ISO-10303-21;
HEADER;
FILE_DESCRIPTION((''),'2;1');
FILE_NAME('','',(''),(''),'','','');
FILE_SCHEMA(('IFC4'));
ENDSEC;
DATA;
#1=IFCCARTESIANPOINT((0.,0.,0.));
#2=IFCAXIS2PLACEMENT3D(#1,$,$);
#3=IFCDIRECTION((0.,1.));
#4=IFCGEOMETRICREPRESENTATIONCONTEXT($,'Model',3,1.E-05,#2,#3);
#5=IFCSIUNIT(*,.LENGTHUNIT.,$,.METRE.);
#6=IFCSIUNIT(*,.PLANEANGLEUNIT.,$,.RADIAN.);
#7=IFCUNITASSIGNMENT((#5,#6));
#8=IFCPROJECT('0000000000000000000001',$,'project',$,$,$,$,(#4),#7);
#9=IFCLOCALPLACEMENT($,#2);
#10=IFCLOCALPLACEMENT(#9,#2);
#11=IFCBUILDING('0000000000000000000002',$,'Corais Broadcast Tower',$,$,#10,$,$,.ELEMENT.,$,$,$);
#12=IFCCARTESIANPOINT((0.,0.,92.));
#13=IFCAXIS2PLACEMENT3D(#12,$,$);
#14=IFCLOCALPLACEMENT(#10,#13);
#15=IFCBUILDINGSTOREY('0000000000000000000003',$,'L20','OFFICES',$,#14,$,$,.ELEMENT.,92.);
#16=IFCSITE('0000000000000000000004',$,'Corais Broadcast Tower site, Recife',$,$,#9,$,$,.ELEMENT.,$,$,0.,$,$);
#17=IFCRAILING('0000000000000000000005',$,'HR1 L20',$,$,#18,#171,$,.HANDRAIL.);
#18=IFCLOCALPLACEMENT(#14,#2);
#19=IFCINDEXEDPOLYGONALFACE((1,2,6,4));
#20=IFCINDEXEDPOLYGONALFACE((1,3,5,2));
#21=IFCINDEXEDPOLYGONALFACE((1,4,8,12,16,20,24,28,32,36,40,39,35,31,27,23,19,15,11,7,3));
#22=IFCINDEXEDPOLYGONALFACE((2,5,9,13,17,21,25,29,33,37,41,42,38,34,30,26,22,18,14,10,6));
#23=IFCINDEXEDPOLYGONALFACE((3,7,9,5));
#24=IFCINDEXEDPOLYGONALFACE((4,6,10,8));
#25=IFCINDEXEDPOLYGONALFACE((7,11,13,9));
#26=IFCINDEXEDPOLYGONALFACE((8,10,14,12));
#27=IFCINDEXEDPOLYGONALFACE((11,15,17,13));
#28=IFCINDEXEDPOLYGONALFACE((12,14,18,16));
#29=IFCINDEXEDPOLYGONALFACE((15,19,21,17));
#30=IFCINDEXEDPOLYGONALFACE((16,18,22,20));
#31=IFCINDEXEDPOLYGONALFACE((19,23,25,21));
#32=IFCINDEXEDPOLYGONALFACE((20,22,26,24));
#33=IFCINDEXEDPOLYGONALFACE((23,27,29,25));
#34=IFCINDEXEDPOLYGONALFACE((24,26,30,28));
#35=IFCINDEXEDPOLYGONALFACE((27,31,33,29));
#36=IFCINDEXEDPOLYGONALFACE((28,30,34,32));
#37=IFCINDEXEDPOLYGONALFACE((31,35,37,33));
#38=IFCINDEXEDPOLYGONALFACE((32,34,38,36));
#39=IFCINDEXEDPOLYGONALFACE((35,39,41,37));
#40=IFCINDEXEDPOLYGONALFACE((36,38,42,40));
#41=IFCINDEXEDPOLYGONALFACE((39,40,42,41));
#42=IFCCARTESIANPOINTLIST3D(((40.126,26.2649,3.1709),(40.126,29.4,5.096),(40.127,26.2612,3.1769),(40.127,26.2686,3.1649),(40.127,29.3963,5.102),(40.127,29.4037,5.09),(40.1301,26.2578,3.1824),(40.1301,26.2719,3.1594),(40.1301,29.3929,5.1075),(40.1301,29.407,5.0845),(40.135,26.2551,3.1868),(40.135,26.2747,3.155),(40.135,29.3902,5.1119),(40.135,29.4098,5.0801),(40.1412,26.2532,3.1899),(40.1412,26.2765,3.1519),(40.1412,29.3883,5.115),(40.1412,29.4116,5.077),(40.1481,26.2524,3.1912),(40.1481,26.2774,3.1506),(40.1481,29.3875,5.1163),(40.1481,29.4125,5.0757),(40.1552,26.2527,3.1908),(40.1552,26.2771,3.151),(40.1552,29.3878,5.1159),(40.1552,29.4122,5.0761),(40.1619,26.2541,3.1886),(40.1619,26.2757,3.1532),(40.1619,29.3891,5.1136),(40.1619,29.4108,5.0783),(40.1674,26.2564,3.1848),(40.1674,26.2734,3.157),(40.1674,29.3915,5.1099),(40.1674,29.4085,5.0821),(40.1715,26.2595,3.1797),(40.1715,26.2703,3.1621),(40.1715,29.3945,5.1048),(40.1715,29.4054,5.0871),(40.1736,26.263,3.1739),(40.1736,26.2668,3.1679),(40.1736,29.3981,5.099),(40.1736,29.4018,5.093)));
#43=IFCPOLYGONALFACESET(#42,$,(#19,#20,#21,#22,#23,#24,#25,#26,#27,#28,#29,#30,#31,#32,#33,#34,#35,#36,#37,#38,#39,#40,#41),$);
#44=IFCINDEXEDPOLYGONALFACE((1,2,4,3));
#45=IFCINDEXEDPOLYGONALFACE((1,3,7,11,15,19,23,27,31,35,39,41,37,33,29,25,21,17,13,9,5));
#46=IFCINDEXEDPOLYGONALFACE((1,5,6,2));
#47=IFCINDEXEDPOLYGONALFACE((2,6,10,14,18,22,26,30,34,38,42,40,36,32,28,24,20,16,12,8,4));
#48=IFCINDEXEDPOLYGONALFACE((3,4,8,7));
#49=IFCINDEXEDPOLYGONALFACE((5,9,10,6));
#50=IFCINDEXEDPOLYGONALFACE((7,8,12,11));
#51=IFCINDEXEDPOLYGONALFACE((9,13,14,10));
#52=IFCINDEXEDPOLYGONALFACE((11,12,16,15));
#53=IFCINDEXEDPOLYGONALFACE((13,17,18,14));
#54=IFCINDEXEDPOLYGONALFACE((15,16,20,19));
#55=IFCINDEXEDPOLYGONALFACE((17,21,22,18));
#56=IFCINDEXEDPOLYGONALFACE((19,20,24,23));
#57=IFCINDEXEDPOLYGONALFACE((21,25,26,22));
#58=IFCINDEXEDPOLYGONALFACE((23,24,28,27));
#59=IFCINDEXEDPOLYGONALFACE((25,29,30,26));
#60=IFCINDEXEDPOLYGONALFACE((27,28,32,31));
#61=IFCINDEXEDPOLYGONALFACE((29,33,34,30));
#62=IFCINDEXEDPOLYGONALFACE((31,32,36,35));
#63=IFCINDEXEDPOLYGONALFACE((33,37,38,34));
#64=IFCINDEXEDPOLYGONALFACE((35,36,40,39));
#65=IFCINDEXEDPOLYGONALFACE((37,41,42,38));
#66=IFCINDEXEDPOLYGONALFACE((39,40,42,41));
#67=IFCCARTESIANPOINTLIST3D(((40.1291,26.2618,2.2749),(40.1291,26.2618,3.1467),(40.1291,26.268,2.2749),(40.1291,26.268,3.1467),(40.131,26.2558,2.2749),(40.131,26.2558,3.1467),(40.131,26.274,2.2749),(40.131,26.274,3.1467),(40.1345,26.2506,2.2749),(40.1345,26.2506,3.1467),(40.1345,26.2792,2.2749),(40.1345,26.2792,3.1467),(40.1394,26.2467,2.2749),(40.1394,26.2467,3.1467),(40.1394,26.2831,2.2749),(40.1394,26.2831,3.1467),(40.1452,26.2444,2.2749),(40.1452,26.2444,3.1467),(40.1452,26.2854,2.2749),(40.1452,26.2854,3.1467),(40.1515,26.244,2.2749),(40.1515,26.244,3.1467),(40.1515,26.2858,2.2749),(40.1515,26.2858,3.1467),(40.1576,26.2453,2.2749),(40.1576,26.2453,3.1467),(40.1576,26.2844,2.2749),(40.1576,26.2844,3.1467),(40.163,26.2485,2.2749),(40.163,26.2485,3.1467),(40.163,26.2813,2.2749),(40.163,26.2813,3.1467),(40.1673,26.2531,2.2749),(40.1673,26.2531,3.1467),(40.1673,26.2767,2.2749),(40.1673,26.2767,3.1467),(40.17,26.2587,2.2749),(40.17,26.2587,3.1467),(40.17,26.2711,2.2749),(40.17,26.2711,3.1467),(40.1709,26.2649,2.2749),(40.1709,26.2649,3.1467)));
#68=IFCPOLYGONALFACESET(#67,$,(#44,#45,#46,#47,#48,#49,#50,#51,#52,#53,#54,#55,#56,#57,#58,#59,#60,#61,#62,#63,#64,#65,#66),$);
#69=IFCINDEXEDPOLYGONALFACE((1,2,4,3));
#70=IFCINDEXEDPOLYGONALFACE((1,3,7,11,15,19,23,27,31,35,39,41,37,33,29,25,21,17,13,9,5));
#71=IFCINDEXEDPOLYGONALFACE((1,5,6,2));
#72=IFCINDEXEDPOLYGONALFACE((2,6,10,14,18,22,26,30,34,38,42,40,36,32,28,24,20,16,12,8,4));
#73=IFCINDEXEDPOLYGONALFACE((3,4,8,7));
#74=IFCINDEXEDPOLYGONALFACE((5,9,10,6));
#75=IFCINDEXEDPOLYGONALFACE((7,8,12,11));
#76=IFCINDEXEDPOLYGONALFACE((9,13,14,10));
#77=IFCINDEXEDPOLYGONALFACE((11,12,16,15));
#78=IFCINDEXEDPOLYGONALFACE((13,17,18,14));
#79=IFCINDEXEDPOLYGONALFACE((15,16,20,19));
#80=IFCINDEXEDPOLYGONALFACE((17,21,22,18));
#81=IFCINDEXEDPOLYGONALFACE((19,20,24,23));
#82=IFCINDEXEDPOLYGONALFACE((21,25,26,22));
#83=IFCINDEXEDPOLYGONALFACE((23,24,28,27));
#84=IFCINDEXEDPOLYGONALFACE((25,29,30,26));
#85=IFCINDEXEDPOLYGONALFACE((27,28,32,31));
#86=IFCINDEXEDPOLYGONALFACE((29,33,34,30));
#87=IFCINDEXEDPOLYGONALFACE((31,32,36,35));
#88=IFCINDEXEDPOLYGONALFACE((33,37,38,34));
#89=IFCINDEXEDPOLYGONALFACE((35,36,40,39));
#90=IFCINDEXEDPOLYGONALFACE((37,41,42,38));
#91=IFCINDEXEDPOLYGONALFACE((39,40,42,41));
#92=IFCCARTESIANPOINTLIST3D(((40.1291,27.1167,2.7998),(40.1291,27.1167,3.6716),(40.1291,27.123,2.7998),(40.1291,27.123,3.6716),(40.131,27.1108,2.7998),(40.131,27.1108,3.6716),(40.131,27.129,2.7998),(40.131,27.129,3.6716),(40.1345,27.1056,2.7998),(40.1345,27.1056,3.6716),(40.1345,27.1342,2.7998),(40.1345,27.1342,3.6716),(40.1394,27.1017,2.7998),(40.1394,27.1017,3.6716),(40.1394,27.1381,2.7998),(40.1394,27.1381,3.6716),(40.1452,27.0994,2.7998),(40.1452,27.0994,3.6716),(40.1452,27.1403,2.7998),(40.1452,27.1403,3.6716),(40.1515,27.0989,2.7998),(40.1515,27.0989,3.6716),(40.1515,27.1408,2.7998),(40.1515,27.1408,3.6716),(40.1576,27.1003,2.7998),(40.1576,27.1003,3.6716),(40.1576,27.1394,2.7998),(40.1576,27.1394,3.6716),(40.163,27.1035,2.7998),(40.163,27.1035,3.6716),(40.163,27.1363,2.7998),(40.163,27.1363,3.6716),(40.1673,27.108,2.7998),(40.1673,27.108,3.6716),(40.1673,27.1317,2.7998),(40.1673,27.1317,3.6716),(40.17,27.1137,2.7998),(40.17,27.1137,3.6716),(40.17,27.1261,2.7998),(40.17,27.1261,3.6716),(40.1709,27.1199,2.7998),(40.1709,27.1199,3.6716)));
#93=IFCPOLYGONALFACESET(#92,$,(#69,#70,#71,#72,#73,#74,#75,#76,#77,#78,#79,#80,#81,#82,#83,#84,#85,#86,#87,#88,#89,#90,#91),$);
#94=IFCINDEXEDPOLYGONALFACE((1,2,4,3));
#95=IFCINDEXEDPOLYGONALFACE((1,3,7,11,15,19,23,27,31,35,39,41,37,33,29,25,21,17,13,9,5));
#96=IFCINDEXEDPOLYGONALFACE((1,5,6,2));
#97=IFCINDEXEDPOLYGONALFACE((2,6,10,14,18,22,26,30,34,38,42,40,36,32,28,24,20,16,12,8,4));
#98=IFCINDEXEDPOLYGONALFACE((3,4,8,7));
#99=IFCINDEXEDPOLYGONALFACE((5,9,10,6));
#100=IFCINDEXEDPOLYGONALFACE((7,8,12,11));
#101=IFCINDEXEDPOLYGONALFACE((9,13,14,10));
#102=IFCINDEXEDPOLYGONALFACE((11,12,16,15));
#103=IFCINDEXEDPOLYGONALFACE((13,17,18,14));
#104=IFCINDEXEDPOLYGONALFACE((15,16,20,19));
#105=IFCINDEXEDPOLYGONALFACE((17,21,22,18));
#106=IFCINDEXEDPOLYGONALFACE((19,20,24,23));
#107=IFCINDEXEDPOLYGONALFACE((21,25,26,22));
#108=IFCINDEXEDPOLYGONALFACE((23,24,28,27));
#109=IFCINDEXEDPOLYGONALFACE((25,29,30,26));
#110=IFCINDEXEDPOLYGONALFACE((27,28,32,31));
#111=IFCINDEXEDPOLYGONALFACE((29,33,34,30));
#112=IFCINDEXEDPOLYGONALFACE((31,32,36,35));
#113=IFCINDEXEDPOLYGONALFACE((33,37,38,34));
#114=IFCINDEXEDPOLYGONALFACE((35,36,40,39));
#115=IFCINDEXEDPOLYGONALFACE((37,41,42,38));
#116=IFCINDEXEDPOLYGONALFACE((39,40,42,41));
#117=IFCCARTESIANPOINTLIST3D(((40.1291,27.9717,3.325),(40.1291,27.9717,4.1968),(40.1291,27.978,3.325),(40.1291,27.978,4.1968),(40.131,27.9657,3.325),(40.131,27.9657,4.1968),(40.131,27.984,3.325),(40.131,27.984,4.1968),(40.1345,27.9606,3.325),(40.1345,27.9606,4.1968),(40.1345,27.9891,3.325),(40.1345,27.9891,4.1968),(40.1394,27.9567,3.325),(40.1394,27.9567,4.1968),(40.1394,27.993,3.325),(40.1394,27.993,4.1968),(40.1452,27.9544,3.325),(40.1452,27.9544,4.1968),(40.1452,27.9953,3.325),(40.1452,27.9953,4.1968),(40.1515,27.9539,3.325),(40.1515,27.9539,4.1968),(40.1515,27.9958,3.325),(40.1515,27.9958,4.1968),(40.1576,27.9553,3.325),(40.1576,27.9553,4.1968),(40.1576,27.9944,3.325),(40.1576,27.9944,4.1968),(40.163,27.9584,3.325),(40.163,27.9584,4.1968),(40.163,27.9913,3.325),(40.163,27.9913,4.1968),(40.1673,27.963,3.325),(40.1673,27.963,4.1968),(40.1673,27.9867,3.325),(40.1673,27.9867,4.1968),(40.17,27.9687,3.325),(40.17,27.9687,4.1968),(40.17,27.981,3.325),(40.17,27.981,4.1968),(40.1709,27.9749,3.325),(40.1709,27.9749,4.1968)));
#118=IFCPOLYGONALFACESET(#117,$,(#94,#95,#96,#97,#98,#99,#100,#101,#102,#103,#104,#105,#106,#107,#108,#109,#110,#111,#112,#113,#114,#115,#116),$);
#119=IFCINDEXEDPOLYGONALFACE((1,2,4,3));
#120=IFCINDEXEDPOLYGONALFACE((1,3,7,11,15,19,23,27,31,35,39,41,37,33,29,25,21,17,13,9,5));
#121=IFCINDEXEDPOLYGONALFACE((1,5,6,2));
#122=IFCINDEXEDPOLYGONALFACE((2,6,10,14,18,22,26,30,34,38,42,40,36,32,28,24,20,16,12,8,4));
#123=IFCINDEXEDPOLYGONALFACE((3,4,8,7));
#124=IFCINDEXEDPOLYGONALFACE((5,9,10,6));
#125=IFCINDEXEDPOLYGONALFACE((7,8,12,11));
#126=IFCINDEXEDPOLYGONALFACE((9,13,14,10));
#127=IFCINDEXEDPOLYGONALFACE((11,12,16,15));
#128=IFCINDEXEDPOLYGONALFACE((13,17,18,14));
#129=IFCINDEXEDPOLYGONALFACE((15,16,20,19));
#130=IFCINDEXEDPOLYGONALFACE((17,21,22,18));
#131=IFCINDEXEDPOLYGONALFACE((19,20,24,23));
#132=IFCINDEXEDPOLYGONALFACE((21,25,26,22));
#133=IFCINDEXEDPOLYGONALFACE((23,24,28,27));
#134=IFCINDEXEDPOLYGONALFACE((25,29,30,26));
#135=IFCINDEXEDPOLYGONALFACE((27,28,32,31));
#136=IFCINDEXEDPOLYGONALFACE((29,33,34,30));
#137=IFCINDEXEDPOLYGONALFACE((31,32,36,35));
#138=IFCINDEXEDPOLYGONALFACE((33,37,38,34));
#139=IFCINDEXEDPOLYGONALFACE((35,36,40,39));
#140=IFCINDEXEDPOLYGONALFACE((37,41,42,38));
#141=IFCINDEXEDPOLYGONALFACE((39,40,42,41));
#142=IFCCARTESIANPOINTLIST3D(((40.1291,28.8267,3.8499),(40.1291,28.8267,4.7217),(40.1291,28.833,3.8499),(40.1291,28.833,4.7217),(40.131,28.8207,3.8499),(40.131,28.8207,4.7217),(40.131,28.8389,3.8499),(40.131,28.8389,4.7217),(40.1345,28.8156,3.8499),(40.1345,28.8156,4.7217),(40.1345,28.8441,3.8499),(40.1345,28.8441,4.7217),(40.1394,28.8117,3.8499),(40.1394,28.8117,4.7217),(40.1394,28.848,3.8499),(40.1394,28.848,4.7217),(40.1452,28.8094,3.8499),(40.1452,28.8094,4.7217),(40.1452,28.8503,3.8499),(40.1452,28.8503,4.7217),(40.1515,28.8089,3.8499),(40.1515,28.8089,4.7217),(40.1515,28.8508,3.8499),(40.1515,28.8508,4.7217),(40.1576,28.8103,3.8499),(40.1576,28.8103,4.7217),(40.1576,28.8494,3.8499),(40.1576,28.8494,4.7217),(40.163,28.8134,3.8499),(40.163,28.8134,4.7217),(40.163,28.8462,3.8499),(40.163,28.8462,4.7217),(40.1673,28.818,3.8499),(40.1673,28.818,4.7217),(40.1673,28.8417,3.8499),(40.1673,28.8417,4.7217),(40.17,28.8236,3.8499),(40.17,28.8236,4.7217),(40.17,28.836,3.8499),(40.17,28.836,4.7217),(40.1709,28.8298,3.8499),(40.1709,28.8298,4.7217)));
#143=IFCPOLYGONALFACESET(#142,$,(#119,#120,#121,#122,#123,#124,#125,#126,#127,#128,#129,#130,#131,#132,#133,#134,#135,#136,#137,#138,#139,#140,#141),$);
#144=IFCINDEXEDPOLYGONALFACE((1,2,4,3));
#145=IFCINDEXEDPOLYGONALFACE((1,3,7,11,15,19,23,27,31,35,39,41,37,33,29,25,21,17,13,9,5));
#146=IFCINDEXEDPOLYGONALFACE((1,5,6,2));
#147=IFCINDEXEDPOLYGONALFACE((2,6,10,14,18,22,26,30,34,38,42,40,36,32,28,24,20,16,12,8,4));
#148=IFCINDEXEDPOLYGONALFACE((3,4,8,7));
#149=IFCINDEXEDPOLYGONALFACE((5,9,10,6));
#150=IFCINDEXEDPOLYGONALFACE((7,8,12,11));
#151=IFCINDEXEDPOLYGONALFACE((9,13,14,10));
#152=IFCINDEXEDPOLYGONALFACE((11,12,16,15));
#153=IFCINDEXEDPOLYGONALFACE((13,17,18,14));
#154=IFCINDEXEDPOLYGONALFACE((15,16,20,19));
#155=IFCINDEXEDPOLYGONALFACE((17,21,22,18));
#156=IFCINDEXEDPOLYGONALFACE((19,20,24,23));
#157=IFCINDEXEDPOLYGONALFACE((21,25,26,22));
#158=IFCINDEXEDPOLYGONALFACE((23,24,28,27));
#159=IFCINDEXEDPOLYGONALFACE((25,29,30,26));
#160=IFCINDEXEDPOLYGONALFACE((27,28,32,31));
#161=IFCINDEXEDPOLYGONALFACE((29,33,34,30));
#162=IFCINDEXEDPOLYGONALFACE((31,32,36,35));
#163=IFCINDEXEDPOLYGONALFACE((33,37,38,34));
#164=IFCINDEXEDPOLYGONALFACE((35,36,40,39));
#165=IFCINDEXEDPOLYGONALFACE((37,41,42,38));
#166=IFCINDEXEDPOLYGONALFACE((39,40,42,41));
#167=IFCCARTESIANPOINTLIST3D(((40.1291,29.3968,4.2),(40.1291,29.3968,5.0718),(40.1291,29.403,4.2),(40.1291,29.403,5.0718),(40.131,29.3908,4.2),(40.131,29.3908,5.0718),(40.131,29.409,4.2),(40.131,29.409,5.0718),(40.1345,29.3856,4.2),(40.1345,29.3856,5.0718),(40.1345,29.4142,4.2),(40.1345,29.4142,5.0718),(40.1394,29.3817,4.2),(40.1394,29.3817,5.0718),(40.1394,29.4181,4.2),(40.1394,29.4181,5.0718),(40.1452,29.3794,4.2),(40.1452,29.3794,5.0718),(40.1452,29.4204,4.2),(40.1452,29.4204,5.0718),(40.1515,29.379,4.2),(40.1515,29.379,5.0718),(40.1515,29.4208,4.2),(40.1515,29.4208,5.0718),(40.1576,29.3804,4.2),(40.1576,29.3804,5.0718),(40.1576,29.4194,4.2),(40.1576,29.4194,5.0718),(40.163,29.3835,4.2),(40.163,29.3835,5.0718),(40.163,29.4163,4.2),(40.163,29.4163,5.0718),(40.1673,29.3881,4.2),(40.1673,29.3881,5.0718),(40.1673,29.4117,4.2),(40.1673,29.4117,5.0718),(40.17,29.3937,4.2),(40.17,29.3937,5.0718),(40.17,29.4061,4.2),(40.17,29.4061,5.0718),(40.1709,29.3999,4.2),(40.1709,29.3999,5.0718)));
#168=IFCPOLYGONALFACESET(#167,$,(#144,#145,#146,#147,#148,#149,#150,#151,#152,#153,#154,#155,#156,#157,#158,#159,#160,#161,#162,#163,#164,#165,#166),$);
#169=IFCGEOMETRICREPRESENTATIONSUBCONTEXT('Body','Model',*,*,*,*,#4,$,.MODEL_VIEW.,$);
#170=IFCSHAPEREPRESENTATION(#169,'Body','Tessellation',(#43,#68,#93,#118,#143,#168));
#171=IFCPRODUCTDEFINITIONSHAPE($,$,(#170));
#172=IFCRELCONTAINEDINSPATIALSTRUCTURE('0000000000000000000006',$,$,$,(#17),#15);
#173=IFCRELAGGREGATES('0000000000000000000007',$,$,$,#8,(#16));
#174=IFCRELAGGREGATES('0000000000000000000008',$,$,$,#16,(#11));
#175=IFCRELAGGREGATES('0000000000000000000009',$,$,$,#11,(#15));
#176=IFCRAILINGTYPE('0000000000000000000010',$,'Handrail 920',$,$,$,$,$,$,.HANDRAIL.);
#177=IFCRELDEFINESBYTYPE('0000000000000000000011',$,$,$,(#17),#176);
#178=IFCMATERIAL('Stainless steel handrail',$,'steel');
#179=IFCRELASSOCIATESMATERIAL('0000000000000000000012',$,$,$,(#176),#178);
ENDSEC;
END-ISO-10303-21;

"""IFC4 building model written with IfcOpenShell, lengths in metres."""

from ifc_helpers import new_model, si_unit, direction, frame, origin, origin_2d, place, context, subcontext, project, spatial, circle, extrude, material, type_object, element, save


model = new_model("IFC4")

# Units and contexts
model_context = context("Model", 3, precision=1e-05, world=origin(), true_north=direction((0.0, 1.0)))
body_context = subcontext(model_context, "Body", "Model", "MODEL_VIEW")
ifc_project = project(units=[si_unit("LENGTHUNIT", "METRE"), si_unit("PLANEANGLEUNIT", "RADIAN")], contexts=[model_context])

# Site, building, storey
site_placement = place(None, origin())
site = spatial("IfcSite", under=ifc_project, at=site_placement, Name="Corais Broadcast Tower site, Recife", CompositionType="ELEMENT", RefElevation=0.0)
building_placement = place(site_placement, origin())
building = spatial("IfcBuilding", under=site, at=building_placement, Name="Corais Broadcast Tower", CompositionType="ELEMENT")
storey_placement = place(building_placement, frame((0.0, 0.0, 92.0)))
storey = spatial("IfcBuildingStorey", under=building, at=storey_placement, Name="L20", Description="OFFICES", CompositionType="ELEMENT", Elevation=92.0)

# Railing
ifc_material_1 = material(Name="Stainless steel handrail", Category="steel")
railing_type = type_object("IfcRailingType", Name="Handrail 920", PredefinedType="HANDRAIL", material=ifc_material_1)
for number, where, name in (
    (1, (40.1499, 26.2649, 2.2749), "HR1 L20"),
):
    element("IfcRailing", number, at=place(storey_placement, frame(where)), inside=storey, type_object=railing_type, Name=name, PredefinedType="HANDRAIL", context=body_context, shape_type="SweptSolid", body=[
        extrude(circle(Radius=0.0239, at=origin_2d()), frame((0.0, 0.0, 0.896), z_axis=(0.0, 0.852166, 0.523271), x_axis=(-1.0, 0.0, 0.0)), (0.0, 0.0, 1.0), 3.679),
        extrude(circle(Radius=0.021, at=origin_2d()), origin(), (0.0, 0.0, 1.0), 0.8718),
        extrude(circle(Radius=0.021, at=origin_2d()), frame((0.0, 0.855, 0.5249)), (0.0, 0.0, 1.0), 0.8718),
        extrude(circle(Radius=0.021, at=origin_2d()), frame((0.0, 1.71, 1.05)), (0.0, 0.0, 1.0), 0.8718),
        extrude(circle(Radius=0.021, at=origin_2d()), frame((0.0, 2.5649, 1.575)), (0.0, 0.0, 1.0), 0.8718),
        extrude(circle(Radius=0.021, at=origin_2d()), frame((0.0, 3.135, 1.925)), (0.0, 0.0, 1.0), 0.8718),
    ])

save(model, "model.ifc")
